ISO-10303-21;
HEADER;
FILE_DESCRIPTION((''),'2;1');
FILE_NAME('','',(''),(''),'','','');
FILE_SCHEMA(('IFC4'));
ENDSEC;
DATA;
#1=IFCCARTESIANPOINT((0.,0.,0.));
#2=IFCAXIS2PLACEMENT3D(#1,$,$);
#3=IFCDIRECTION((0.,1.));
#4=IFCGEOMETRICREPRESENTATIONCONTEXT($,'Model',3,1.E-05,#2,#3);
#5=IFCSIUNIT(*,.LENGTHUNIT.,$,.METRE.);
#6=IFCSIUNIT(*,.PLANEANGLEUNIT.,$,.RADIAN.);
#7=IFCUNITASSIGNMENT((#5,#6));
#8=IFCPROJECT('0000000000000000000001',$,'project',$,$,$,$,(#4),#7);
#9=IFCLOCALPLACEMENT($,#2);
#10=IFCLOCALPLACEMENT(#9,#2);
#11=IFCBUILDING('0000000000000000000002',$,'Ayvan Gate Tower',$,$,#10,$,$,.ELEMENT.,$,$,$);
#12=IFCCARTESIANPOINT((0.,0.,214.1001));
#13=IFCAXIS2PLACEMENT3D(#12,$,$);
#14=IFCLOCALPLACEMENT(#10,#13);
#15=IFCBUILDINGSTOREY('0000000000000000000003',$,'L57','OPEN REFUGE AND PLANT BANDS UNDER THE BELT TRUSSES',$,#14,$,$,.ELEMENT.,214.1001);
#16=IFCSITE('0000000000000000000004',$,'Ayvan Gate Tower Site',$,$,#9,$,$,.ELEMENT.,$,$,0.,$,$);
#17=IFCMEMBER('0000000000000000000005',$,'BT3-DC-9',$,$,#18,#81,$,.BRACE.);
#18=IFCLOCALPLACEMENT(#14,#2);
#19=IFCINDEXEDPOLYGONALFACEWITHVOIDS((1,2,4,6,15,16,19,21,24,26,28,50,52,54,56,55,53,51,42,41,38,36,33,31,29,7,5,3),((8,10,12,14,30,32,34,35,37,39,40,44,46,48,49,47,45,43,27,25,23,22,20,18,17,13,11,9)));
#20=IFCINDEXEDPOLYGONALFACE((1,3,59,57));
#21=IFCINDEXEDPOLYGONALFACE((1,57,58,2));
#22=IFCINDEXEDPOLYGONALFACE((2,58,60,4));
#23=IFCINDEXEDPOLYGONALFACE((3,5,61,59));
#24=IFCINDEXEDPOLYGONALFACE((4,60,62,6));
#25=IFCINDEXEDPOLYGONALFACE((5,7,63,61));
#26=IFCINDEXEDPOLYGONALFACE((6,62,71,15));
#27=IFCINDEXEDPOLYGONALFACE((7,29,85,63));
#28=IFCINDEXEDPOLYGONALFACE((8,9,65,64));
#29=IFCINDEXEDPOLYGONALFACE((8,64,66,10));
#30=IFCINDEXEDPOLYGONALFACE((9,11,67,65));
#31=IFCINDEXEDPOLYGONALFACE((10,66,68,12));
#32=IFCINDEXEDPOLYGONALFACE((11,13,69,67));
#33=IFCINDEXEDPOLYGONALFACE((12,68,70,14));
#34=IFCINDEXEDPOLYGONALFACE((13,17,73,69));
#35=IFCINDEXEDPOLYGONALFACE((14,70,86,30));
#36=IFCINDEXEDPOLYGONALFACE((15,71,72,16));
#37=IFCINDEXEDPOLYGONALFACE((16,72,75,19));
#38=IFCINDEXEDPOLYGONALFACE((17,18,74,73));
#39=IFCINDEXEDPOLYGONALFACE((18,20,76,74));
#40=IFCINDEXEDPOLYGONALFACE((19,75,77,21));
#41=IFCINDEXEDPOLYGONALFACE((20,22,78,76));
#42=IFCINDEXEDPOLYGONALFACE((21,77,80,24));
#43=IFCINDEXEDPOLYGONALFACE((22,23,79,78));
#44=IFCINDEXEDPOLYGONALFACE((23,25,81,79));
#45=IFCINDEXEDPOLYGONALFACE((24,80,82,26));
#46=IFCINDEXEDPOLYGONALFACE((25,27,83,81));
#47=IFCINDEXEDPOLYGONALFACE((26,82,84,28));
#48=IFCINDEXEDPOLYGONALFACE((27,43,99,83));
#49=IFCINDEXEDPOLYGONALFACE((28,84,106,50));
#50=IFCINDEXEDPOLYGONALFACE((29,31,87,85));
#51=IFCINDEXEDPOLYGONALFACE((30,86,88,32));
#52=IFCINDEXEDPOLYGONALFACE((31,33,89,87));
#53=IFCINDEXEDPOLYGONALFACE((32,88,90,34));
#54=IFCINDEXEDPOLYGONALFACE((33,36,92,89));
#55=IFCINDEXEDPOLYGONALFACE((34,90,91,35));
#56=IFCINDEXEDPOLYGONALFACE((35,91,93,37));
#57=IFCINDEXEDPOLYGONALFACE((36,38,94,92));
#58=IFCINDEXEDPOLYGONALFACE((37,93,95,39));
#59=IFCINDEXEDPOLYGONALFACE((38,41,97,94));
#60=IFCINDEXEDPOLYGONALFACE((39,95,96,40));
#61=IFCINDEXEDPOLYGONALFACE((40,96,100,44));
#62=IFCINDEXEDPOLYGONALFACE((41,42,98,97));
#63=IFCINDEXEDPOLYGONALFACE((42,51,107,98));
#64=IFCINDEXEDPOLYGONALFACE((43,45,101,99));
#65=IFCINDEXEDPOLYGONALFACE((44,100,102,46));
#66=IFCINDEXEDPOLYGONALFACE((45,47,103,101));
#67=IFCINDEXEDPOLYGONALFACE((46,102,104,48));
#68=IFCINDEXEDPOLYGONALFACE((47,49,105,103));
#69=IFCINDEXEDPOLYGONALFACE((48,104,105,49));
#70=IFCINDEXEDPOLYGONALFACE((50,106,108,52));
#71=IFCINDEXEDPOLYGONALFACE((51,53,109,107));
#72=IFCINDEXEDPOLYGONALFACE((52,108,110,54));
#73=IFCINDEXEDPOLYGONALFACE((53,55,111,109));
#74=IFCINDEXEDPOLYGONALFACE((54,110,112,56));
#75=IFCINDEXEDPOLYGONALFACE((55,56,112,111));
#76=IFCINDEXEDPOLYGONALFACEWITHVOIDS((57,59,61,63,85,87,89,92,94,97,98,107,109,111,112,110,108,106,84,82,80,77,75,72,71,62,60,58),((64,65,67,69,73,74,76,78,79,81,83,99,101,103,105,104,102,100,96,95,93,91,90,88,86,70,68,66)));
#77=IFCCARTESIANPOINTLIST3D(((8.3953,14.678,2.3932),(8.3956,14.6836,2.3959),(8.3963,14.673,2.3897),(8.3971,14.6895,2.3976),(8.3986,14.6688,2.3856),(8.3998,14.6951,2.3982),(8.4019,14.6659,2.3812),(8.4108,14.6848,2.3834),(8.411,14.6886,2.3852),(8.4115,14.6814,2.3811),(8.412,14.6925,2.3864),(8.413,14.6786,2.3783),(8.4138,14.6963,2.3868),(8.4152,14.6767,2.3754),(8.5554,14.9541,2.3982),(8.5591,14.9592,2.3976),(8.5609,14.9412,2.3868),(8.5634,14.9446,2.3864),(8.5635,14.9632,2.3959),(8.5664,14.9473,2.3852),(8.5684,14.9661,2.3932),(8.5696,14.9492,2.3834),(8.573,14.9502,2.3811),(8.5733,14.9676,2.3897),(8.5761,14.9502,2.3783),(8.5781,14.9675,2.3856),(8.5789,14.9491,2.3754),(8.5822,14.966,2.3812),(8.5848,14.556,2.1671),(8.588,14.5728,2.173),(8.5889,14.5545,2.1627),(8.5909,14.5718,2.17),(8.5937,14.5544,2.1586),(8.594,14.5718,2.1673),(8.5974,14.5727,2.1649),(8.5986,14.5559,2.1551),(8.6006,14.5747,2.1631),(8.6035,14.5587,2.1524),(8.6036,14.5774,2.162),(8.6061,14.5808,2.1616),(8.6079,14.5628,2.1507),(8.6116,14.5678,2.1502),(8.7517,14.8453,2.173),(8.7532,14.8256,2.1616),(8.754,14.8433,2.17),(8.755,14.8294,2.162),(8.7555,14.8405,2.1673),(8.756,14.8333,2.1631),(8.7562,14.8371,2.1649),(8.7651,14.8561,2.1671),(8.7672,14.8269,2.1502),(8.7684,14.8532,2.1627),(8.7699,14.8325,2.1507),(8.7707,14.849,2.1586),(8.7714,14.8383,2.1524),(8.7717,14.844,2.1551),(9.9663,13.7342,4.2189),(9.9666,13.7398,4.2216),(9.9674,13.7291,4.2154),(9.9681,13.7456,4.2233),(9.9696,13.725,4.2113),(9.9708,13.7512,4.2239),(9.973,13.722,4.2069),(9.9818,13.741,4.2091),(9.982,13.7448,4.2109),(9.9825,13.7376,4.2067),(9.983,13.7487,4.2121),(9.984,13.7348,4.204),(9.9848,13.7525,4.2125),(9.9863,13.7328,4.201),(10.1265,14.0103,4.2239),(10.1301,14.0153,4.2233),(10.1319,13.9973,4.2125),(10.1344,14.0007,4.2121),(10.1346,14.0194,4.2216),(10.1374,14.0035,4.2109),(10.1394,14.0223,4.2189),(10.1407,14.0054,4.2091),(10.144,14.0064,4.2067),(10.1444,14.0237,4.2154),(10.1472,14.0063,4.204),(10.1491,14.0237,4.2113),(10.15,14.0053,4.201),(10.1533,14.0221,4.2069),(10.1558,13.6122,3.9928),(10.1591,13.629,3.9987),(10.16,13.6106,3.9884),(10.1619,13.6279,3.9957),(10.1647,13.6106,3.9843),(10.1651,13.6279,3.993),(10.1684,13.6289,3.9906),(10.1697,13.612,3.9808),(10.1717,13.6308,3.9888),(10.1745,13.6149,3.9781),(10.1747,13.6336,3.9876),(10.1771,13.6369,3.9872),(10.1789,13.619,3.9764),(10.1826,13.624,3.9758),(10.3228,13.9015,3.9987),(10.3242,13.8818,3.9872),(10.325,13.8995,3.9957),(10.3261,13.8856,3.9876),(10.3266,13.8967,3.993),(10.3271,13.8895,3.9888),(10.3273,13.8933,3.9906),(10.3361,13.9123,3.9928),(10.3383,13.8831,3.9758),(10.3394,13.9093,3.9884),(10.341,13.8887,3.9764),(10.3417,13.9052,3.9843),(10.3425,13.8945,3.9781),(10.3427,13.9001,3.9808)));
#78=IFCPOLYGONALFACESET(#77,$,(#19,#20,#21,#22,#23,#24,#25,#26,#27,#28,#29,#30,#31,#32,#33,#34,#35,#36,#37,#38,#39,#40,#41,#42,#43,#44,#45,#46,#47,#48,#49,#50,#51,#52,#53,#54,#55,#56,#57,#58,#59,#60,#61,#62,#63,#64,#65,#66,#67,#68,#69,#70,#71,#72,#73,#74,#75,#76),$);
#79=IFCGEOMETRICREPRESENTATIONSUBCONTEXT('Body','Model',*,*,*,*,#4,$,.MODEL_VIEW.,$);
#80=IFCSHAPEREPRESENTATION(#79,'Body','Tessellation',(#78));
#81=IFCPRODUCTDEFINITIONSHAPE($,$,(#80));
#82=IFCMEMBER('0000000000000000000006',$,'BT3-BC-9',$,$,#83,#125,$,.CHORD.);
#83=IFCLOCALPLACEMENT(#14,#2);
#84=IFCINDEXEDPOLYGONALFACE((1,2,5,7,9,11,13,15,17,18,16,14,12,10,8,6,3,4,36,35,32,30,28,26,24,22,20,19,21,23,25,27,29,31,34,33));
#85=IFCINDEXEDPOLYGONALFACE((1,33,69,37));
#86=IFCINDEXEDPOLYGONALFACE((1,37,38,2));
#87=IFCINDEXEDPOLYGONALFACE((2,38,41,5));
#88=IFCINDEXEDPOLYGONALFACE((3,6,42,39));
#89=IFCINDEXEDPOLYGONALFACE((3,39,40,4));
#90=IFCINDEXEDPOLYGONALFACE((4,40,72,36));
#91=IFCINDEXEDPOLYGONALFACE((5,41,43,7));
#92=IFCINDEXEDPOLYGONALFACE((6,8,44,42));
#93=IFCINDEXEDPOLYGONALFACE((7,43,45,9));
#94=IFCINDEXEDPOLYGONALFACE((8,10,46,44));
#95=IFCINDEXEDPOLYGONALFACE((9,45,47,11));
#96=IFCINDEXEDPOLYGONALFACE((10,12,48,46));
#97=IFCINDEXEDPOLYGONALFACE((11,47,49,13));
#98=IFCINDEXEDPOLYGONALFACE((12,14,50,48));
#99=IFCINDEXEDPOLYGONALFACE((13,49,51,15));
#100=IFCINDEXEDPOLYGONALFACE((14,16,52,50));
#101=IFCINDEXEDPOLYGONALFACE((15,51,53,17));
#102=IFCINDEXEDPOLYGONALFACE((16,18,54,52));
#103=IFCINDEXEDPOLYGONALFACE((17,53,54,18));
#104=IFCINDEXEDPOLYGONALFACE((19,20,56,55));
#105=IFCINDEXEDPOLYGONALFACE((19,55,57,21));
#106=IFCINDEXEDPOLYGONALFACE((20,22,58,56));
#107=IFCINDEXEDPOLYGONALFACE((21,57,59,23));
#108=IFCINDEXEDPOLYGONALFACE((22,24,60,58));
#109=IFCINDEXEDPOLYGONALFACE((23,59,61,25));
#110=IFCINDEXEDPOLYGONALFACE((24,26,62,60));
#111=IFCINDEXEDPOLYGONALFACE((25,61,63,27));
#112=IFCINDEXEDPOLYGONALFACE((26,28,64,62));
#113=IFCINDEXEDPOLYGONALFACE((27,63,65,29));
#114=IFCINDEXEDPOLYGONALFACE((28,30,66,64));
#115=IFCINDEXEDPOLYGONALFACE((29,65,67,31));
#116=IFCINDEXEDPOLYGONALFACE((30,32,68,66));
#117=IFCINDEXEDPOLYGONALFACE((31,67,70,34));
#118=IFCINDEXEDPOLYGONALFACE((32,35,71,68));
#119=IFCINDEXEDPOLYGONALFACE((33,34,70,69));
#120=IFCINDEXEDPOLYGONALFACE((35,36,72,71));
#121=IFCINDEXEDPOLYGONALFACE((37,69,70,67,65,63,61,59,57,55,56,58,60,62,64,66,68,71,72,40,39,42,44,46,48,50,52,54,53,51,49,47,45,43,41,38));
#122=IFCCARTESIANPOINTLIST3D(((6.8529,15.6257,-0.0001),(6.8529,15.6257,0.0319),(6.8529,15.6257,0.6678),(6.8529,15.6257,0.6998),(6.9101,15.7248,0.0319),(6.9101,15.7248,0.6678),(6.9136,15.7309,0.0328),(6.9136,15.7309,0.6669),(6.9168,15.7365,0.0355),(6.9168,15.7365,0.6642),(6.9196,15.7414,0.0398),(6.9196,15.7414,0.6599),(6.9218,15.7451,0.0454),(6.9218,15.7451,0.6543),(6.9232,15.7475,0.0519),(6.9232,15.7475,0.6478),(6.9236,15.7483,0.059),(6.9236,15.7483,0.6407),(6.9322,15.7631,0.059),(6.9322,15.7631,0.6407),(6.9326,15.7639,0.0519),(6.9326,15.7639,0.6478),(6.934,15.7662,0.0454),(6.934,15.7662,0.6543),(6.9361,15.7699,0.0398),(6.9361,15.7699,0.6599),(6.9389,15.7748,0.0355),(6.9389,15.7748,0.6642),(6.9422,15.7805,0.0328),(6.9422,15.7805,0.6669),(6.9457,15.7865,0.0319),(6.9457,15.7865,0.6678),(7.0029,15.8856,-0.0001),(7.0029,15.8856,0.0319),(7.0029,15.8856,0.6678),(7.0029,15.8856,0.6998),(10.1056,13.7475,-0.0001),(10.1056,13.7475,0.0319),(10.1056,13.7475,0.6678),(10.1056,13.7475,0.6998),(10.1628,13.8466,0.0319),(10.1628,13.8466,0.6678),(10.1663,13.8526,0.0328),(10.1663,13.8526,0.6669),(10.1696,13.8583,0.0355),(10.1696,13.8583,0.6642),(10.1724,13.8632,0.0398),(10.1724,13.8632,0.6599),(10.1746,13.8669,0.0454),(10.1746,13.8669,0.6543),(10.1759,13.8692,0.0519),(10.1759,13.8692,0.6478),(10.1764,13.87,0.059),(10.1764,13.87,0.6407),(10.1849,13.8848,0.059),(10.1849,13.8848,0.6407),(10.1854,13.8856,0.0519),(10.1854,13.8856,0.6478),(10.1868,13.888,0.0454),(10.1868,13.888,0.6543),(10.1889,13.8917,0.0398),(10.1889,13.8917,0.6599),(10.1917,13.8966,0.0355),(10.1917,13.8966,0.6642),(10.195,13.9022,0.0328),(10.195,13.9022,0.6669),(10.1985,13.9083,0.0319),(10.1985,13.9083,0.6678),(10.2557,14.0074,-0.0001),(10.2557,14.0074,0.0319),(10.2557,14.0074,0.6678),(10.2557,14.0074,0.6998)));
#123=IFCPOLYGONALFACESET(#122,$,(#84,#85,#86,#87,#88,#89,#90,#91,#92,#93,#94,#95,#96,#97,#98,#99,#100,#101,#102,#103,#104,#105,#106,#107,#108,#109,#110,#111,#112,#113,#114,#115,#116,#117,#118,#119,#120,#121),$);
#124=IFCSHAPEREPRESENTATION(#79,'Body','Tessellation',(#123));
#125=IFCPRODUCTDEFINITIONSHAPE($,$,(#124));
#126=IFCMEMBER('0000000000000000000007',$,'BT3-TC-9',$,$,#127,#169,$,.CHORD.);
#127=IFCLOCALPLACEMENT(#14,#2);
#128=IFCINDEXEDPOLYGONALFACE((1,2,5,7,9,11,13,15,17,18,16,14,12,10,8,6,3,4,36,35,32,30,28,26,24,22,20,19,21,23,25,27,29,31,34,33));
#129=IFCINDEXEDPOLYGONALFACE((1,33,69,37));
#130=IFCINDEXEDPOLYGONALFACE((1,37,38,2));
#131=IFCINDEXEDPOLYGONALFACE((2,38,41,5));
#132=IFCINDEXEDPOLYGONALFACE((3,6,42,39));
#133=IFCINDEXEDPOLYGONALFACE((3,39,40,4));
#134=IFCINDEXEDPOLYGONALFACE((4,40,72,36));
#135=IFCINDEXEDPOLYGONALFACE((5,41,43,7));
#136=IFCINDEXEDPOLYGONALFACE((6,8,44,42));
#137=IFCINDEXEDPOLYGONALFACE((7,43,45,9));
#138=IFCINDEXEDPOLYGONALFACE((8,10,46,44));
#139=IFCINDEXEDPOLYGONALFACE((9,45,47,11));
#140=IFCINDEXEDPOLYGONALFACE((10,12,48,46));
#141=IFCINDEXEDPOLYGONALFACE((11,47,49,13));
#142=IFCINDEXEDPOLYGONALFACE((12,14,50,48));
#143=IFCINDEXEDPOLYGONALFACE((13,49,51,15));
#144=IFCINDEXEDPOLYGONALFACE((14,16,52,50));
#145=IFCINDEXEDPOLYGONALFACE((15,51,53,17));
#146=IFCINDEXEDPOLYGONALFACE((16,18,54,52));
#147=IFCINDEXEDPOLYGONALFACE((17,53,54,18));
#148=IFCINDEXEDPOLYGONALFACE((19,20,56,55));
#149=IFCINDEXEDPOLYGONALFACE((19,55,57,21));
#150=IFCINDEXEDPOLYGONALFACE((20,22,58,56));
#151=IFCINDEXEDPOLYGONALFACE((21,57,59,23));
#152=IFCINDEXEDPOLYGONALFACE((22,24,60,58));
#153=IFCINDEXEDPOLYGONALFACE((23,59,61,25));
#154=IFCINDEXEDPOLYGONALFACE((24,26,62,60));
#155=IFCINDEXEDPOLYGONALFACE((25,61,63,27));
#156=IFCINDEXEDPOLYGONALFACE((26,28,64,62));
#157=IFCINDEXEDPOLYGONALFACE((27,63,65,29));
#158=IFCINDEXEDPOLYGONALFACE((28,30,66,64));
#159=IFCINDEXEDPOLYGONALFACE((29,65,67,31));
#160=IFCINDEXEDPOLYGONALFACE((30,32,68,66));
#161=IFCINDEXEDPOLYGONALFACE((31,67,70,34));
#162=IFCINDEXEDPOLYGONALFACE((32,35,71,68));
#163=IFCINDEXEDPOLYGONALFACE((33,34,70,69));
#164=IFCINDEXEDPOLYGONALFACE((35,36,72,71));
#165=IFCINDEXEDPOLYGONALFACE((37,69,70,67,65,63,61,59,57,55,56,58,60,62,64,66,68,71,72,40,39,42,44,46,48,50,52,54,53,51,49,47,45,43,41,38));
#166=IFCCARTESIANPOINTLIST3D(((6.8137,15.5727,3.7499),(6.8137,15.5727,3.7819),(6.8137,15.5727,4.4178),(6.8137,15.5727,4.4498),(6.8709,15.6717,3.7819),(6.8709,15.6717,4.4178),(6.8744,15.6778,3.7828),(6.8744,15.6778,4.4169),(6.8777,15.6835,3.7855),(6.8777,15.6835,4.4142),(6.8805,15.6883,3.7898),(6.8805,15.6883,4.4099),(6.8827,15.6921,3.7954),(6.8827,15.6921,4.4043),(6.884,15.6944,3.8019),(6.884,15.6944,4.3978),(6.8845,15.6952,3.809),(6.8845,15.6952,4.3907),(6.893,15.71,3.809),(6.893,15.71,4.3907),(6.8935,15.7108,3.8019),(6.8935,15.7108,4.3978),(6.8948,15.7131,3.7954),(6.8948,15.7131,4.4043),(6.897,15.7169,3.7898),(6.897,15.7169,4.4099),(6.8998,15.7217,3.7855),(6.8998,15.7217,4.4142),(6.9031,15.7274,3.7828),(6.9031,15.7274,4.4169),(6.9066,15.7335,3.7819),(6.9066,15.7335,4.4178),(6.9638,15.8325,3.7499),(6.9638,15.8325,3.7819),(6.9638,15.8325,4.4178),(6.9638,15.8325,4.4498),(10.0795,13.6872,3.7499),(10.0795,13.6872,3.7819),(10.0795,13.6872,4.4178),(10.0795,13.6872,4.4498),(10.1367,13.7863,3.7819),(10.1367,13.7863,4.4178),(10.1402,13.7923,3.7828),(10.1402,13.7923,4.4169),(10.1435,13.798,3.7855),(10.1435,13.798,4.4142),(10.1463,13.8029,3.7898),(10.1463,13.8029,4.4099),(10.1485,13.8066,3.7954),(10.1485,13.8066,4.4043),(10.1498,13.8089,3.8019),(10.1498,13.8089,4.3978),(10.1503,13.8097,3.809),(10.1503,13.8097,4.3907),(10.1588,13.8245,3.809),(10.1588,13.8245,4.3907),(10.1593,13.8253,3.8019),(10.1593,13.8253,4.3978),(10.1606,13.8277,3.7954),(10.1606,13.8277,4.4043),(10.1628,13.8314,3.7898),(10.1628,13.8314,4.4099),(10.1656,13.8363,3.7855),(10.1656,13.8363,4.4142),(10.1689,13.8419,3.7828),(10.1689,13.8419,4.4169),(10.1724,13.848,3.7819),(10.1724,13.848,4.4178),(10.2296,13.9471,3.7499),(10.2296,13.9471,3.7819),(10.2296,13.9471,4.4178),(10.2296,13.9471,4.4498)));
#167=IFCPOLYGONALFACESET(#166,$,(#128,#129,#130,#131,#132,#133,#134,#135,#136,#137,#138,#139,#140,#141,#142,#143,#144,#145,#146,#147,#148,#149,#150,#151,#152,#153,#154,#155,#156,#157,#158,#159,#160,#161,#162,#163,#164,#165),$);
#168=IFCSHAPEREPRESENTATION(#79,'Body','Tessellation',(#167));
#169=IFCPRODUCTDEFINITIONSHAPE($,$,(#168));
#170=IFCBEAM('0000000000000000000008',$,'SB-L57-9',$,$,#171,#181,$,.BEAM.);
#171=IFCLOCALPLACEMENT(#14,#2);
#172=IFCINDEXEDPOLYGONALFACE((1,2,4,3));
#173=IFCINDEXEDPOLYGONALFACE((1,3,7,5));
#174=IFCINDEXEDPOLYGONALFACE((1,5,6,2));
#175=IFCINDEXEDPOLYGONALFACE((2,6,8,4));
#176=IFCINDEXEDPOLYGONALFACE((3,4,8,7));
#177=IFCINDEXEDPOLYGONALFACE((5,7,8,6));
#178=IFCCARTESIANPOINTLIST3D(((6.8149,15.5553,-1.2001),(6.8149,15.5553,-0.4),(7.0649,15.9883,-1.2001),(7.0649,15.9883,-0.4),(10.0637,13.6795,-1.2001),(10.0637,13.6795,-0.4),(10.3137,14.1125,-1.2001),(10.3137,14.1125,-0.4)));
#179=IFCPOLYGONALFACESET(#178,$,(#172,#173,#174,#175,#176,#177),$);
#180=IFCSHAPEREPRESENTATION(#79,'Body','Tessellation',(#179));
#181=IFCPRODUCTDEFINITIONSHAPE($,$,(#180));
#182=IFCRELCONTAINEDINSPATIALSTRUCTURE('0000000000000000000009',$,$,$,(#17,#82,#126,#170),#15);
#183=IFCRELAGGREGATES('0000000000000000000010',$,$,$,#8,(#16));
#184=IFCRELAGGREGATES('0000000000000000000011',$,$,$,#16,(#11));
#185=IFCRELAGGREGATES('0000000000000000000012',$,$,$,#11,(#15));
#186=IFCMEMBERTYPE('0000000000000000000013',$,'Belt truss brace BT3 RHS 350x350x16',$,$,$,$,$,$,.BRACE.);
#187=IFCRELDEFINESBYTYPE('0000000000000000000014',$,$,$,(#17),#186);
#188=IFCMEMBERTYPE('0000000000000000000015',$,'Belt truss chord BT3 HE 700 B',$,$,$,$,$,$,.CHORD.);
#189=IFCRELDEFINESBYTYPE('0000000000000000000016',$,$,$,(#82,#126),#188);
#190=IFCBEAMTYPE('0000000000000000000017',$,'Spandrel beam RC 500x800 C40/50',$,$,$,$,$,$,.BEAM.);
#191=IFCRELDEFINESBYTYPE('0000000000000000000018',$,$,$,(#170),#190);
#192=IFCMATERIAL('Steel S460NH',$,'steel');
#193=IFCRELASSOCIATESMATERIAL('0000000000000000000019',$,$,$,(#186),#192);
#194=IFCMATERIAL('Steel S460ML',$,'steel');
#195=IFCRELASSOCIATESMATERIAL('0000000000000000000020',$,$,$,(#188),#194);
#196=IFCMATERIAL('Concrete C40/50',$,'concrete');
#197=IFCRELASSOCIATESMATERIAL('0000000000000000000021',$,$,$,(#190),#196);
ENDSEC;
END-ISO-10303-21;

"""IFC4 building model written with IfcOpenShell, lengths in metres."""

from ifc_helpers import new_model, si_unit, direction, frame, origin, origin_2d, place, context, subcontext, project, spatial, rectangle, hollow_rectangle, i_section, extrude, material, material_profile, profile_set, type_object, element, save


model = new_model("IFC4")

# Units and contexts
model_context = context("Model", 3, precision=1e-05, world=origin(), true_north=direction((0.0, 1.0)))
body_context = subcontext(model_context, "Body", "Model", "MODEL_VIEW")
ifc_project = project(units=[si_unit("LENGTHUNIT", "METRE"), si_unit("PLANEANGLEUNIT", "RADIAN")], contexts=[model_context])

# Site, building, storey
site_placement = place(None, origin())
site = spatial("IfcSite", under=ifc_project, at=site_placement, Name="Ayvan Gate Tower Site", CompositionType="ELEMENT", RefElevation=0.0)
building_placement = place(site_placement, origin())
building = spatial("IfcBuilding", under=site, at=building_placement, Name="Ayvan Gate Tower", CompositionType="ELEMENT")
storey_placement = place(building_placement, frame((0.0, 0.0, 214.1001)))
storey = spatial("IfcBuildingStorey", under=building, at=storey_placement, Name="L57", Description="OPEN REFUGE AND PLANT BANDS UNDER THE BELT TRUSSES", CompositionType="ELEMENT", Elevation=214.1001)

# Members
ifc_material_1 = material(Name="Steel S460NH", Category="steel")
ifc_material_profile_1 = material_profile(ifc_material_1, hollow_rectangle(XDim=0.3501, YDim=0.3501, WallThickness=0.0161, InnerFilletRadius=0.0161, OuterFilletRadius=0.0239, at=origin_2d()), Name="RHS 350x350x16")
ifc_profile_set_1 = profile_set([ifc_material_profile_1], Name="Steel S460NH")
member_type_1 = type_object("IfcMemberType", Name="Belt truss brace BT3 RHS 350x350x16", PredefinedType="BRACE", material=ifc_profile_set_1)
member_1_placement = place(storey_placement, frame((8.5835, 14.761, 2.2742), z_axis=(0.607303, -0.364854, 0.705737), x_axis=(0.514985, 0.857199, 0.0)))
element("IfcMember", 1, at=member_1_placement, inside=storey, type_object=member_type_1, Name="BT3-DC-9", PredefinedType="BRACE", context=body_context, shape_type="SweptSolid", body=[
    extrude(hollow_rectangle(XDim=0.3501, YDim=0.3501, WallThickness=0.0161, InnerFilletRadius=0.0161, OuterFilletRadius=0.0239, at=origin_2d()), origin(), (0.0, 0.0, 1.0), 2.5869),
])
ifc_material_2 = material(Name="Steel S460ML", Category="steel")
ifc_material_profile_2 = material_profile(ifc_material_2, i_section(OverallWidth=0.3, OverallDepth=0.7, WebThickness=0.0171, FlangeThickness=0.032, FilletRadius=0.0271, at=origin_2d()), Name="HE 700 B")
ifc_profile_set_2 = profile_set([ifc_material_profile_2], Name="Steel S460ML")
member_type_2 = type_object("IfcMemberType", Name="Belt truss chord BT3 HE 700 B", PredefinedType="CHORD", material=ifc_profile_set_2)
member_2_placement = place(storey_placement, frame((10.1807, 13.8774, 0.3499), z_axis=(-0.865998, 0.500047, 0.0), x_axis=(-0.500047, -0.865998, 0.0)))
element("IfcMember", 2, at=member_2_placement, inside=storey, type_object=member_type_2, Name="BT3-BC-9", PredefinedType="CHORD", context=body_context, shape_type="SweptSolid", body=[
    extrude(i_section(OverallWidth=0.3, OverallDepth=0.7, WebThickness=0.0171, FlangeThickness=0.032, FilletRadius=0.0271, at=origin_2d()), origin(), (0.0, 0.0, 1.0), 3.7561),
])
member_3_placement = place(storey_placement, frame((10.1545, 13.8171, 4.0999), z_axis=(-0.866031, 0.49999, 0.0), x_axis=(-0.49999, -0.866031, 0.0)))
element("IfcMember", 3, at=member_3_placement, inside=storey, type_object=member_type_2, Name="BT3-TC-9", PredefinedType="CHORD", context=body_context, shape_type="SweptSolid", body=[
    extrude(i_section(OverallWidth=0.3, OverallDepth=0.7, WebThickness=0.0171, FlangeThickness=0.032, FilletRadius=0.0271, at=origin_2d()), origin(), (0.0, 0.0, 1.0), 3.771),
])

# Beam
ifc_material_3 = material(Name="Concrete C40/50", Category="concrete")
ifc_material_profile_3 = material_profile(ifc_material_3, rectangle(XDim=0.5, YDim=0.8, at=origin_2d()), Name="RC 500x800")
ifc_profile_set_3 = profile_set([ifc_material_profile_3], Name="Concrete C40/50")
beam_type_1 = type_object("IfcBeamType", Name="Spandrel beam RC 500x800 C40/50", PredefinedType="BEAM", material=ifc_profile_set_3)
beam_1_placement = place(storey_placement, frame((10.1887, 13.896, -0.8), z_axis=(-0.86602, 0.50001, 0.0), x_axis=(-0.50001, -0.86602, 0.0)))
element("IfcBeam", 4, at=beam_1_placement, inside=storey, type_object=beam_type_1, Name="SB-L57-9", PredefinedType="BEAM", context=body_context, shape_type="SweptSolid", body=[
    extrude(rectangle(XDim=0.5, YDim=0.8, at=origin_2d()), origin(), (0.0, 0.0, 1.0), 3.7515),
])

save(model, "model.ifc")
